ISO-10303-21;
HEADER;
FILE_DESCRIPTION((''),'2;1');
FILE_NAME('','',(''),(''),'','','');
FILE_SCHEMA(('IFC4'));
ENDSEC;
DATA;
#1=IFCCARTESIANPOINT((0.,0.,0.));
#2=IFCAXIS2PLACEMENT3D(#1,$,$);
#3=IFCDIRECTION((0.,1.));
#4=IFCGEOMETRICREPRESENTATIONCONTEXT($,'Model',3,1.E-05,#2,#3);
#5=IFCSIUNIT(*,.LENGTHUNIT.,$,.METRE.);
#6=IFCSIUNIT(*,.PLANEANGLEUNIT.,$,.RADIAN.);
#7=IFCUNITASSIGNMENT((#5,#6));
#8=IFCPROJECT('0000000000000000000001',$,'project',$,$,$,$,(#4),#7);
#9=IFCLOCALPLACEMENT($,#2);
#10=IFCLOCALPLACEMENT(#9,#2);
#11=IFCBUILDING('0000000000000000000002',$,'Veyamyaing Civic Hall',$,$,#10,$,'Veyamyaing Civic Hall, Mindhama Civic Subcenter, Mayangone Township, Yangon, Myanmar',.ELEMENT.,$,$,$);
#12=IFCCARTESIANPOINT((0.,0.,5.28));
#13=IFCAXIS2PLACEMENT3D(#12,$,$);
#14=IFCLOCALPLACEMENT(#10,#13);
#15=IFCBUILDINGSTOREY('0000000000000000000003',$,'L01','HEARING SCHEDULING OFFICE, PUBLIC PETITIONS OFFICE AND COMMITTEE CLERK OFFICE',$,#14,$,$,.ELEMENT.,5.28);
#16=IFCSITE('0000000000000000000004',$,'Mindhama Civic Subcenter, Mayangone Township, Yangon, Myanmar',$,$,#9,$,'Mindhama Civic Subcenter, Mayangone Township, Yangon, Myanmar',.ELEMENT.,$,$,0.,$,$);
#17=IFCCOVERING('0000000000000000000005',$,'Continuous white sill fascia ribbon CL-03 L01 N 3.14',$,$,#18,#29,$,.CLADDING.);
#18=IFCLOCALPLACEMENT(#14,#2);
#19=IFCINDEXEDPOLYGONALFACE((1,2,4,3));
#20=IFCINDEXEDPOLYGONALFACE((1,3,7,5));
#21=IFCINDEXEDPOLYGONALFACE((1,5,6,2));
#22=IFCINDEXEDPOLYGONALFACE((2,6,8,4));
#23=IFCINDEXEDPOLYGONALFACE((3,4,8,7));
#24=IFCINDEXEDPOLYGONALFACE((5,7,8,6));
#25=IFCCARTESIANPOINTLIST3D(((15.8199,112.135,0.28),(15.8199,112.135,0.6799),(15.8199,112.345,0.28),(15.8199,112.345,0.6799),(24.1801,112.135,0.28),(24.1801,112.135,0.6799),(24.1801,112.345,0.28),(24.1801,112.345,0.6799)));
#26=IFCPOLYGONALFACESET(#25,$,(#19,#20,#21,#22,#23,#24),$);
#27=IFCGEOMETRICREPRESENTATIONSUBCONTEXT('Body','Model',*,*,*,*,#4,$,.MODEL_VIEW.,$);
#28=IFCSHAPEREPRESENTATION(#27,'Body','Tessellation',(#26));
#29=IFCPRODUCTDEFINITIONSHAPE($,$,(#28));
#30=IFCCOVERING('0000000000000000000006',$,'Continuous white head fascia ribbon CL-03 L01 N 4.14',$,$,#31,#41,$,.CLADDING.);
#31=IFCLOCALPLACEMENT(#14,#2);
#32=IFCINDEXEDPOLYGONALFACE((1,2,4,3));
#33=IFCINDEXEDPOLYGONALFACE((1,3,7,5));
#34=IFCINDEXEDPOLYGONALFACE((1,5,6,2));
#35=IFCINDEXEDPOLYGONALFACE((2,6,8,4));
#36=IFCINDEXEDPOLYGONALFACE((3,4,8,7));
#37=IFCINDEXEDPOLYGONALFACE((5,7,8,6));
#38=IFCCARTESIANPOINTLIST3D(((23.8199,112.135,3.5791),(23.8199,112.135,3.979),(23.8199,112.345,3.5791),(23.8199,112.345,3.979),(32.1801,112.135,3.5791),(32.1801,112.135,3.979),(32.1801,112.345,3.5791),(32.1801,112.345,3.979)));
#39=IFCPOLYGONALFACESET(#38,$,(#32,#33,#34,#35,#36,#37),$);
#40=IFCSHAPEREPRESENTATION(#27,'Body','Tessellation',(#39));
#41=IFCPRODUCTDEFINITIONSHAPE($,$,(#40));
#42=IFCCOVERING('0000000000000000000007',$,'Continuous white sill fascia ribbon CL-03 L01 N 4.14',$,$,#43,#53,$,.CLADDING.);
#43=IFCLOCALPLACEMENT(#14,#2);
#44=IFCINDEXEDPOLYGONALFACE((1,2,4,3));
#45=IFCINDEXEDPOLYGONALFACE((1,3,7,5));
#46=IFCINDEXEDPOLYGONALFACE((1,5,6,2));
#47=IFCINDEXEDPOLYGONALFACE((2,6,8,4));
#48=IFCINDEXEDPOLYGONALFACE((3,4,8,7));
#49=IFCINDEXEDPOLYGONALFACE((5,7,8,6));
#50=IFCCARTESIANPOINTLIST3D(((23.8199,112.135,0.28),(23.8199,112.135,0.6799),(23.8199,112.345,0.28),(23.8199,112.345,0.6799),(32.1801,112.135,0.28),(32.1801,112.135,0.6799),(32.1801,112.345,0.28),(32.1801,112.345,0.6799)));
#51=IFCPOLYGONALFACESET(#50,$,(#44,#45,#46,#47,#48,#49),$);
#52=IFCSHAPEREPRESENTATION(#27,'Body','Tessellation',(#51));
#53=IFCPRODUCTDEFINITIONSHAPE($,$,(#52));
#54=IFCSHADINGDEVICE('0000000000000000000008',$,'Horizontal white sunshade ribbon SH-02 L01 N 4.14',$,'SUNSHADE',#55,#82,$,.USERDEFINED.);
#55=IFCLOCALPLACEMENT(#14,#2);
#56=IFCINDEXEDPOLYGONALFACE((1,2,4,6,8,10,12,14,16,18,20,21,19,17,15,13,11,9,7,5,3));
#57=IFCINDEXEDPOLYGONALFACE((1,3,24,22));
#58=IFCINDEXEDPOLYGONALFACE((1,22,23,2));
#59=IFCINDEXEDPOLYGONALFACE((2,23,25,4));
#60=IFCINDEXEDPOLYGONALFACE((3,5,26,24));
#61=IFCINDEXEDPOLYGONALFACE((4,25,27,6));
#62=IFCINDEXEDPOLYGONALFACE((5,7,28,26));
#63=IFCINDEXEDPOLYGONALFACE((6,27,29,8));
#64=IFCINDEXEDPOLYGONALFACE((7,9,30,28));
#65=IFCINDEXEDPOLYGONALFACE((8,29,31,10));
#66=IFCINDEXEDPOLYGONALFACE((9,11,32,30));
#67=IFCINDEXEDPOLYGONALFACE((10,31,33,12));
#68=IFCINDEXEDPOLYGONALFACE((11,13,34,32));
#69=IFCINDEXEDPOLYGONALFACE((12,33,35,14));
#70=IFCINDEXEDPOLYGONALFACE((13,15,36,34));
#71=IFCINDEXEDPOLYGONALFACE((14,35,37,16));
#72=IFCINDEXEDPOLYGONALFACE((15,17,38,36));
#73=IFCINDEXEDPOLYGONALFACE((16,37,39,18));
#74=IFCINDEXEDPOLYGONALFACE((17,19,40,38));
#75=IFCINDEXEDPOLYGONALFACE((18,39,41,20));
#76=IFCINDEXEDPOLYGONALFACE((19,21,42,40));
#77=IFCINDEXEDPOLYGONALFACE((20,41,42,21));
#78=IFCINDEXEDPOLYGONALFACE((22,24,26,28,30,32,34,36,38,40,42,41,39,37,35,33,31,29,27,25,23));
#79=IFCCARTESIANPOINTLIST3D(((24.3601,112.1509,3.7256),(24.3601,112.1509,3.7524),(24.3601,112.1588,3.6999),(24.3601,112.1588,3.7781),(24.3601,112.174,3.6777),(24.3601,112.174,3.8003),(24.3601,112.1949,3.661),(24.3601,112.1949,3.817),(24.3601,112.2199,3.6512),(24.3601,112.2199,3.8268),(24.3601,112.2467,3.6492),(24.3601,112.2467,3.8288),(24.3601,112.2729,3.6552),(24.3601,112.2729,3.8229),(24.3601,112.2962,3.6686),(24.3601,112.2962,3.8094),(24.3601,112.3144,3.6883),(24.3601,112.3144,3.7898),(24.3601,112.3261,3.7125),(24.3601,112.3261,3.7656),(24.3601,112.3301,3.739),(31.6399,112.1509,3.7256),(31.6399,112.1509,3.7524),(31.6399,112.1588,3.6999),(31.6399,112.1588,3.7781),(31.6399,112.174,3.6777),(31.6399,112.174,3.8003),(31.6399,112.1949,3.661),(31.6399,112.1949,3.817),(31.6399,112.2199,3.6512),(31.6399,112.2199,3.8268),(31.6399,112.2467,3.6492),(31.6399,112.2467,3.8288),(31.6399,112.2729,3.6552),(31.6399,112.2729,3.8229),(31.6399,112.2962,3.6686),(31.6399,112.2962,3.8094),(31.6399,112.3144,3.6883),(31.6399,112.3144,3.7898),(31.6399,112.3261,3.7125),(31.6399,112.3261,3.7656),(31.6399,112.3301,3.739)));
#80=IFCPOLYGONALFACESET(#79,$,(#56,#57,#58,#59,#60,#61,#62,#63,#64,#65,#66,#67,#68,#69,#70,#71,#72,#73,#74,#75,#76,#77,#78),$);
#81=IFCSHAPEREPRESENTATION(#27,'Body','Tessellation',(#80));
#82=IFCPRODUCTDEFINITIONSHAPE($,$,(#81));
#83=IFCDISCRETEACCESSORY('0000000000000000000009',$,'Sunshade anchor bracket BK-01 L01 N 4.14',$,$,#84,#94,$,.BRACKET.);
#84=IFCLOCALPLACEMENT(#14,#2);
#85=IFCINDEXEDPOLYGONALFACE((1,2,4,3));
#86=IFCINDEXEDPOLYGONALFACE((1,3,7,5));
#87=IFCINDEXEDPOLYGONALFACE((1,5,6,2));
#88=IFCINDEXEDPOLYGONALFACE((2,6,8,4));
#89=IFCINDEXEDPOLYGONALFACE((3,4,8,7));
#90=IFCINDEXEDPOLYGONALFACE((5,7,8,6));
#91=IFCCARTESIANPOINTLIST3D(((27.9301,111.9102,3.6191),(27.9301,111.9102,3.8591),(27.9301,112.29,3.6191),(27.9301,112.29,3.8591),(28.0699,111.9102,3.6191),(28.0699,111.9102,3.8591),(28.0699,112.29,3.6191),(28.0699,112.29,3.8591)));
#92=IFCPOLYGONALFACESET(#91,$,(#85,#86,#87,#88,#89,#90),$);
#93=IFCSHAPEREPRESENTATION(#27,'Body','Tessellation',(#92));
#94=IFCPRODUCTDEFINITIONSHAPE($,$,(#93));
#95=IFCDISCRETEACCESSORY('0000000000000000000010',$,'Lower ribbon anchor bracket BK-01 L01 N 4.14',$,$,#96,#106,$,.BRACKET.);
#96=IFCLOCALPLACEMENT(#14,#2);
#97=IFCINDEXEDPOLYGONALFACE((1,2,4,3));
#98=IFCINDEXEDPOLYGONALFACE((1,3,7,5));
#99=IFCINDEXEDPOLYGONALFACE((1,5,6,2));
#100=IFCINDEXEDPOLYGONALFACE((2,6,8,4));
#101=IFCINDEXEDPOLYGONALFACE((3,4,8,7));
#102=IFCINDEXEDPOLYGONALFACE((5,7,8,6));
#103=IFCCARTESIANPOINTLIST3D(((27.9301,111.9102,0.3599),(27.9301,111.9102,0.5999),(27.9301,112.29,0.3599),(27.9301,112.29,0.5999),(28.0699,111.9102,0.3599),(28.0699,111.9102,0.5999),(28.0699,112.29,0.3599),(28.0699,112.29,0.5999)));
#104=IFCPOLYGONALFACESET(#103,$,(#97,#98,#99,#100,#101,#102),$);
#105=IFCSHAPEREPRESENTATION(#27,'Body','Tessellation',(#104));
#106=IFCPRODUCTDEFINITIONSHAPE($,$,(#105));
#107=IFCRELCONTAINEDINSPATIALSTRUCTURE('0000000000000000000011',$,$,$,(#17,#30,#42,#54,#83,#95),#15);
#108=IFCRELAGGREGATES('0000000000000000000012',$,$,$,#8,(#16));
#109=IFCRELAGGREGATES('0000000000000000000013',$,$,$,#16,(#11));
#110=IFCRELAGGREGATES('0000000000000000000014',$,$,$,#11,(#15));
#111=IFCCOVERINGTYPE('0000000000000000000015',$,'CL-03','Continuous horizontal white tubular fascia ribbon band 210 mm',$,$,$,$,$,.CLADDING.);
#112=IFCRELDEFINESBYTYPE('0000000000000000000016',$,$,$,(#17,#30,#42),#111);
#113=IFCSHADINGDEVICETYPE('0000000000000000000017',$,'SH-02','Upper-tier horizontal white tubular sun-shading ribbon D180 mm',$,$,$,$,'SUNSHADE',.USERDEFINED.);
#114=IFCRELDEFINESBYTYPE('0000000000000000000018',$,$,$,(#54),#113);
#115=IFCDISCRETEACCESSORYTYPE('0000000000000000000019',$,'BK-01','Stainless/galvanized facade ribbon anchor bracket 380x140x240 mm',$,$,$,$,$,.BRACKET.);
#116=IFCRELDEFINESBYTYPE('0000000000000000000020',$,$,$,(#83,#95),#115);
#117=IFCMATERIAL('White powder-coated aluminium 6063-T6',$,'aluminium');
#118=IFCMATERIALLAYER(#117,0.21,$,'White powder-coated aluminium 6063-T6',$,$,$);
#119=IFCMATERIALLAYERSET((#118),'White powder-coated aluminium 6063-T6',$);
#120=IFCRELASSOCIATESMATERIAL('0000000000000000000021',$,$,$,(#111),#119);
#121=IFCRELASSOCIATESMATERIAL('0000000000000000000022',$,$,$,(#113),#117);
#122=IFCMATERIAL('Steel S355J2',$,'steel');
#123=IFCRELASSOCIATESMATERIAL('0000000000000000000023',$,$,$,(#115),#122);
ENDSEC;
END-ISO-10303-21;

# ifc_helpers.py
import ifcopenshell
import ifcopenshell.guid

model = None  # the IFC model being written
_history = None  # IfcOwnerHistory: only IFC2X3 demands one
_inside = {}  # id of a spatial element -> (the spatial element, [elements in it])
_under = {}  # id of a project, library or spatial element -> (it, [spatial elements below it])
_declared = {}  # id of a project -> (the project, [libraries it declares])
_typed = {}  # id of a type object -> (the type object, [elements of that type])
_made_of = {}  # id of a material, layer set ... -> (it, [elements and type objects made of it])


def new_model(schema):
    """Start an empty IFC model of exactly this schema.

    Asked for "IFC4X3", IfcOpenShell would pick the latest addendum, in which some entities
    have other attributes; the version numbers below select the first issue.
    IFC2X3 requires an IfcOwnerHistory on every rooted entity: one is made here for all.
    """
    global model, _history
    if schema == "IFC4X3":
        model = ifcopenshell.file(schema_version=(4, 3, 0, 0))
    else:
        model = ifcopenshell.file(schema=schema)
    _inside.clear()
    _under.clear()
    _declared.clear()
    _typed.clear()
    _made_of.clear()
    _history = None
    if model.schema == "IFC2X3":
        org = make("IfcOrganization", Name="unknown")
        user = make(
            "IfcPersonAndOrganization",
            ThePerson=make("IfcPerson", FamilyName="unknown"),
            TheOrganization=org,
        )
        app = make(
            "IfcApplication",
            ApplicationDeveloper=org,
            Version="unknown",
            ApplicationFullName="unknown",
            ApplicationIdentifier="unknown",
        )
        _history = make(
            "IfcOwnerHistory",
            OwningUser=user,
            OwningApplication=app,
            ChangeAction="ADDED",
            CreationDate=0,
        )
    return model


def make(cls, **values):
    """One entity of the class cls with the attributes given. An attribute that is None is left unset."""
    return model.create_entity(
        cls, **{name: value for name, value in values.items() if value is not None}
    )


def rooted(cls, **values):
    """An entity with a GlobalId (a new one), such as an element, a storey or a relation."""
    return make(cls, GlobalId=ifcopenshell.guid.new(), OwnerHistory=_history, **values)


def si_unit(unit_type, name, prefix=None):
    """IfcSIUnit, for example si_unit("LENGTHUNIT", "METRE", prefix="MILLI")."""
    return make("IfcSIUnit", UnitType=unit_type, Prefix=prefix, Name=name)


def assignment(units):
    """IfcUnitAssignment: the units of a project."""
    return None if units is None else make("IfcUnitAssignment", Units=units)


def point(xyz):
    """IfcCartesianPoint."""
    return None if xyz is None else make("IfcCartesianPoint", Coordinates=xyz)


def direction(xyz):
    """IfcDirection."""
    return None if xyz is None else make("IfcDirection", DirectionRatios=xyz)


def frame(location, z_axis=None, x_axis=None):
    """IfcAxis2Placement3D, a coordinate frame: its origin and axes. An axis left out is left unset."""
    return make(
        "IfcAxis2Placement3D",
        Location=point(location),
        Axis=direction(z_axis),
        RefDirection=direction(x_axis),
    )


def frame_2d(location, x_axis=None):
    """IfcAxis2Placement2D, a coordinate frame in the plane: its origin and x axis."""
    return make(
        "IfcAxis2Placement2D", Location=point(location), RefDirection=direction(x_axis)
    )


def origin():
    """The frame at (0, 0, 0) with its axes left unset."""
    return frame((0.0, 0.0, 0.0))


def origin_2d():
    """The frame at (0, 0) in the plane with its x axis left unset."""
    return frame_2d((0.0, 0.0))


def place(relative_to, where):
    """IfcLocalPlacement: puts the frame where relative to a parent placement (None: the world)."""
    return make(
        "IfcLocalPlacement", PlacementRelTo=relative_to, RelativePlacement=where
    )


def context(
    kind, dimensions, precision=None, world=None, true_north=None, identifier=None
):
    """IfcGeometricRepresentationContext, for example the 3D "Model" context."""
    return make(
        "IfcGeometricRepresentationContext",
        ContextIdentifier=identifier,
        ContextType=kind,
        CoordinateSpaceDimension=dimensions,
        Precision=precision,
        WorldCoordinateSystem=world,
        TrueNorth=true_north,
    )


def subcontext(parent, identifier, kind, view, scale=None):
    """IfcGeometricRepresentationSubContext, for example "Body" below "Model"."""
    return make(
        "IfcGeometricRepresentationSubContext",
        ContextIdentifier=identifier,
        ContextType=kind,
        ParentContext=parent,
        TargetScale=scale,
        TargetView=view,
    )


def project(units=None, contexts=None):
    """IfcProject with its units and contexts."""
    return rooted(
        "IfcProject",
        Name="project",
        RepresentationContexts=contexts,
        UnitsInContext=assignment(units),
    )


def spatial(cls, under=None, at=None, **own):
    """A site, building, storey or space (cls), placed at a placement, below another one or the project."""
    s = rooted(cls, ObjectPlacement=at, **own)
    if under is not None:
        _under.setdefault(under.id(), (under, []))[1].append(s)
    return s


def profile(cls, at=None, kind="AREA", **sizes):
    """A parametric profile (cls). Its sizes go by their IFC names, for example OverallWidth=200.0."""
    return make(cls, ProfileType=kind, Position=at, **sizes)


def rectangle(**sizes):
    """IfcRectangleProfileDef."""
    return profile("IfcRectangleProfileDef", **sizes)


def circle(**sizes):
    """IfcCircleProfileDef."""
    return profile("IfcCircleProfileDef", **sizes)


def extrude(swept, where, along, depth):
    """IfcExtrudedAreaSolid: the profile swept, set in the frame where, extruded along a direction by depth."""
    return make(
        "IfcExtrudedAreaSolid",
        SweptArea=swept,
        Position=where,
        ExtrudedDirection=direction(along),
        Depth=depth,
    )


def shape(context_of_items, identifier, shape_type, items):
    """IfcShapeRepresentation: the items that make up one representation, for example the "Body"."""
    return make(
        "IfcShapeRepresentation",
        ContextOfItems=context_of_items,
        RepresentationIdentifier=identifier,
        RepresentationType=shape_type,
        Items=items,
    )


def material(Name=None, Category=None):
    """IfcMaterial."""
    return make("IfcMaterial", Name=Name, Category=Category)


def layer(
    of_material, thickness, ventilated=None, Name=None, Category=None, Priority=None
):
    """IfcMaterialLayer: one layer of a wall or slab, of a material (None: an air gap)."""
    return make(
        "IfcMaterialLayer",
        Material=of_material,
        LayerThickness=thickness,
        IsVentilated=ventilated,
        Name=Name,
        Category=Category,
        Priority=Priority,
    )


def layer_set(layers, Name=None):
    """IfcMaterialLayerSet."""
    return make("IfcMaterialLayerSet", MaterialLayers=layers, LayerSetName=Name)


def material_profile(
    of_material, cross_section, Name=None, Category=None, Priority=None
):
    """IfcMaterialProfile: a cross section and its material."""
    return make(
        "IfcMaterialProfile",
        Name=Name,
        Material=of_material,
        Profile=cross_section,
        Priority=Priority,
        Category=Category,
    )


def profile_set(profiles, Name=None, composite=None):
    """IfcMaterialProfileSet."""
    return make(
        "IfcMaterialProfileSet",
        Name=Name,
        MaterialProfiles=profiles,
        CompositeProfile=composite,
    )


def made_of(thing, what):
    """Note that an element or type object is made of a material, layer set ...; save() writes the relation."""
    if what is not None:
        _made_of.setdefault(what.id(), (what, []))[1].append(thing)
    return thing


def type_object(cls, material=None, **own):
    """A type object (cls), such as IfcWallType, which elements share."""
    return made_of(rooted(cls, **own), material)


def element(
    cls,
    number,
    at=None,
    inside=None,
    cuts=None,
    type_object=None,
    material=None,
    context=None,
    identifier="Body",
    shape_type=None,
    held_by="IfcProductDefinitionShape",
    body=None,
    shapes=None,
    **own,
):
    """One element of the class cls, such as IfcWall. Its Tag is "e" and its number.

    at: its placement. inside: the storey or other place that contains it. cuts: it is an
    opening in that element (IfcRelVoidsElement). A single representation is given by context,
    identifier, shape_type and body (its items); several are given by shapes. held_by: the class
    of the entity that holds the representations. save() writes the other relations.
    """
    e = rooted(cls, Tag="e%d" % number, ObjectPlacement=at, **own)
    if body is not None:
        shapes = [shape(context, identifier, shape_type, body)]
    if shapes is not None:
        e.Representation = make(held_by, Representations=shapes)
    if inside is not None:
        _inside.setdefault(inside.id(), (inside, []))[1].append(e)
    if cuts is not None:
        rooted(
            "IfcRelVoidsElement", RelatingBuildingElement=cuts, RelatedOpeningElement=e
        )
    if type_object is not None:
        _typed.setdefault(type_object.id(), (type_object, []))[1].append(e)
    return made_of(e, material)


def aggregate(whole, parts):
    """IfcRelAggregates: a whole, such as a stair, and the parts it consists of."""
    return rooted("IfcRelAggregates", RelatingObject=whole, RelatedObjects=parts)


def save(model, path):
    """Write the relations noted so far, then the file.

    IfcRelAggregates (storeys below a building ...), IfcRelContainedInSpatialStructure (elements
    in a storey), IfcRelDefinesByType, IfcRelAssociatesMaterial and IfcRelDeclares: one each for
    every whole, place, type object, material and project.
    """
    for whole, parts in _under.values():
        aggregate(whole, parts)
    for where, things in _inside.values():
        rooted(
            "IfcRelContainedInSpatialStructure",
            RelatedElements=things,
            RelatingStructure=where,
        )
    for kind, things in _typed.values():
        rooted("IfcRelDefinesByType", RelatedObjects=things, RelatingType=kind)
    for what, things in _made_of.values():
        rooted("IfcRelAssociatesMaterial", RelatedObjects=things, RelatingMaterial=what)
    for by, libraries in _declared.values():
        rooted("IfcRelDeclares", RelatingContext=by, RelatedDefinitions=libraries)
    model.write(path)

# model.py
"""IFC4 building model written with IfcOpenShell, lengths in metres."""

from ifc_helpers import new_model, si_unit, direction, frame, origin, origin_2d, place, context, subcontext, project, spatial, rectangle, circle, extrude, material, layer, layer_set, material_profile, profile_set, type_object, element, save


model = new_model("IFC4")

# Units and contexts
model_context = context("Model", 3, precision=1e-05, world=origin(), true_north=direction((0.0, 1.0)))
body_context = subcontext(model_context, "Body", "Model", "MODEL_VIEW")
ifc_project = project(units=[si_unit("LENGTHUNIT", "METRE"), si_unit("PLANEANGLEUNIT", "RADIAN")], contexts=[model_context])

# Site, building, storey
site_placement = place(None, origin())
site = spatial("IfcSite", under=ifc_project, at=site_placement, Name="Mindhama Civic Subcenter, Mayangone Township, Yangon, Myanmar", LongName="Mindhama Civic Subcenter, Mayangone Township, Yangon, Myanmar", CompositionType="ELEMENT", RefElevation=0.0)
building_placement = place(site_placement, origin())
building = spatial("IfcBuilding", under=site, at=building_placement, Name="Veyamyaing Civic Hall", LongName="Veyamyaing Civic Hall, Mindhama Civic Subcenter, Mayangone Township, Yangon, Myanmar", CompositionType="ELEMENT")
storey_placement = place(building_placement, frame((0.0, 0.0, 5.28)))
storey = spatial("IfcBuildingStorey", under=building, at=storey_placement, Name="L01", Description="HEARING SCHEDULING OFFICE, PUBLIC PETITIONS OFFICE AND COMMITTEE CLERK OFFICE", CompositionType="ELEMENT", Elevation=5.28)

# Coverings
ifc_material_1 = material(Name="White powder-coated aluminium 6063-T6", Category="aluminium")
ifc_layer_1 = layer(ifc_material_1, 0.21, Name="White powder-coated aluminium 6063-T6")
ifc_layer_set_1 = layer_set([ifc_layer_1], Name="White powder-coated aluminium 6063-T6")
covering_type = type_object("IfcCoveringType", Name="CL-03", Description="Continuous horizontal white tubular fascia ribbon band 210 mm", PredefinedType="CLADDING", material=ifc_layer_set_1)
for number, where, z_axis, x_axis, name in (
    (1, (20.0, 112.24, 0.28), (0.0, 0.0, 1.0), (1.0, 0.0, 0.0), "Continuous white sill fascia ribbon CL-03 L01 N 3.14"),
    (2, (28.0, 112.24, 3.5791), (0.0, 0.0, 1.0), (1.0, 0.0, 0.0), "Continuous white head fascia ribbon CL-03 L01 N 4.14"),
    (3, (28.0, 112.24, 0.28), (0.0, 0.0, 1.0), (1.0, 0.0, 0.0), "Continuous white sill fascia ribbon CL-03 L01 N 4.14"),
):
    element("IfcCovering", number, at=place(storey_placement, frame(where, z_axis=z_axis, x_axis=x_axis)), inside=storey, type_object=covering_type, Name=name, PredefinedType="CLADDING", context=body_context, shape_type="SweptSolid", body=[
        extrude(rectangle(XDim=8.3601, YDim=0.21, at=origin_2d()), origin(), (0.0, 0.0, 1.0), 0.3999),
    ])

# Shading device
ifc_material_profile_1 = material_profile(ifc_material_1, circle(Radius=0.0901, at=origin_2d()), Name="SHADE-TUBE-180")
ifc_profile_set_1 = profile_set([ifc_material_profile_1], Name="White powder-coated aluminium 6063-T6")
shading_device_type = type_object("IfcShadingDeviceType", Name="SH-02", Description="Upper-tier horizontal white tubular sun-shading ribbon D180 mm", ElementType="SUNSHADE", PredefinedType="USERDEFINED", material=ifc_profile_set_1)
shading_device_placement = place(storey_placement, frame((24.3601, 112.24, 3.739), z_axis=(1.0, 0.0, 0.0), x_axis=(0.0, 1.0, 0.0)))
element("IfcShadingDevice", 4, at=shading_device_placement, inside=storey, type_object=shading_device_type, Name="Horizontal white sunshade ribbon SH-02 L01 N 4.14", ObjectType="SUNSHADE", PredefinedType="USERDEFINED", context=body_context, shape_type="SweptSolid", body=[
    extrude(circle(Radius=0.0901, at=origin_2d()), origin(), (0.0, 0.0, 1.0), 7.2798),
])

# Discrete accessories
ifc_material_2 = material(Name="Steel S355J2", Category="steel")
discrete_accessory_type = type_object("IfcDiscreteAccessoryType", Name="BK-01", Description="Stainless/galvanized facade ribbon anchor bracket 380x140x240 mm", PredefinedType="BRACKET", material=ifc_material_2)
for number, where, z_axis, x_axis, name in (
    (5, (28.0, 112.1001, 3.6191), (0.0, 0.0, 1.0), (0.0, 1.0, 0.0), "Sunshade anchor bracket BK-01 L01 N 4.14"),
    (6, (28.0, 112.1001, 0.3599), (0.0, 0.0, 1.0), (0.0, 1.0, 0.0), "Lower ribbon anchor bracket BK-01 L01 N 4.14"),
):
    element("IfcDiscreteAccessory", number, at=place(storey_placement, frame(where, z_axis=z_axis, x_axis=x_axis)), inside=storey, type_object=discrete_accessory_type, Name=name, PredefinedType="BRACKET", context=body_context, shape_type="SweptSolid", body=[
        extrude(rectangle(XDim=0.3799, YDim=0.1399, at=origin_2d()), origin(), (0.0, 0.0, 1.0), 0.24),
    ])

save(model, "model.ifc")
